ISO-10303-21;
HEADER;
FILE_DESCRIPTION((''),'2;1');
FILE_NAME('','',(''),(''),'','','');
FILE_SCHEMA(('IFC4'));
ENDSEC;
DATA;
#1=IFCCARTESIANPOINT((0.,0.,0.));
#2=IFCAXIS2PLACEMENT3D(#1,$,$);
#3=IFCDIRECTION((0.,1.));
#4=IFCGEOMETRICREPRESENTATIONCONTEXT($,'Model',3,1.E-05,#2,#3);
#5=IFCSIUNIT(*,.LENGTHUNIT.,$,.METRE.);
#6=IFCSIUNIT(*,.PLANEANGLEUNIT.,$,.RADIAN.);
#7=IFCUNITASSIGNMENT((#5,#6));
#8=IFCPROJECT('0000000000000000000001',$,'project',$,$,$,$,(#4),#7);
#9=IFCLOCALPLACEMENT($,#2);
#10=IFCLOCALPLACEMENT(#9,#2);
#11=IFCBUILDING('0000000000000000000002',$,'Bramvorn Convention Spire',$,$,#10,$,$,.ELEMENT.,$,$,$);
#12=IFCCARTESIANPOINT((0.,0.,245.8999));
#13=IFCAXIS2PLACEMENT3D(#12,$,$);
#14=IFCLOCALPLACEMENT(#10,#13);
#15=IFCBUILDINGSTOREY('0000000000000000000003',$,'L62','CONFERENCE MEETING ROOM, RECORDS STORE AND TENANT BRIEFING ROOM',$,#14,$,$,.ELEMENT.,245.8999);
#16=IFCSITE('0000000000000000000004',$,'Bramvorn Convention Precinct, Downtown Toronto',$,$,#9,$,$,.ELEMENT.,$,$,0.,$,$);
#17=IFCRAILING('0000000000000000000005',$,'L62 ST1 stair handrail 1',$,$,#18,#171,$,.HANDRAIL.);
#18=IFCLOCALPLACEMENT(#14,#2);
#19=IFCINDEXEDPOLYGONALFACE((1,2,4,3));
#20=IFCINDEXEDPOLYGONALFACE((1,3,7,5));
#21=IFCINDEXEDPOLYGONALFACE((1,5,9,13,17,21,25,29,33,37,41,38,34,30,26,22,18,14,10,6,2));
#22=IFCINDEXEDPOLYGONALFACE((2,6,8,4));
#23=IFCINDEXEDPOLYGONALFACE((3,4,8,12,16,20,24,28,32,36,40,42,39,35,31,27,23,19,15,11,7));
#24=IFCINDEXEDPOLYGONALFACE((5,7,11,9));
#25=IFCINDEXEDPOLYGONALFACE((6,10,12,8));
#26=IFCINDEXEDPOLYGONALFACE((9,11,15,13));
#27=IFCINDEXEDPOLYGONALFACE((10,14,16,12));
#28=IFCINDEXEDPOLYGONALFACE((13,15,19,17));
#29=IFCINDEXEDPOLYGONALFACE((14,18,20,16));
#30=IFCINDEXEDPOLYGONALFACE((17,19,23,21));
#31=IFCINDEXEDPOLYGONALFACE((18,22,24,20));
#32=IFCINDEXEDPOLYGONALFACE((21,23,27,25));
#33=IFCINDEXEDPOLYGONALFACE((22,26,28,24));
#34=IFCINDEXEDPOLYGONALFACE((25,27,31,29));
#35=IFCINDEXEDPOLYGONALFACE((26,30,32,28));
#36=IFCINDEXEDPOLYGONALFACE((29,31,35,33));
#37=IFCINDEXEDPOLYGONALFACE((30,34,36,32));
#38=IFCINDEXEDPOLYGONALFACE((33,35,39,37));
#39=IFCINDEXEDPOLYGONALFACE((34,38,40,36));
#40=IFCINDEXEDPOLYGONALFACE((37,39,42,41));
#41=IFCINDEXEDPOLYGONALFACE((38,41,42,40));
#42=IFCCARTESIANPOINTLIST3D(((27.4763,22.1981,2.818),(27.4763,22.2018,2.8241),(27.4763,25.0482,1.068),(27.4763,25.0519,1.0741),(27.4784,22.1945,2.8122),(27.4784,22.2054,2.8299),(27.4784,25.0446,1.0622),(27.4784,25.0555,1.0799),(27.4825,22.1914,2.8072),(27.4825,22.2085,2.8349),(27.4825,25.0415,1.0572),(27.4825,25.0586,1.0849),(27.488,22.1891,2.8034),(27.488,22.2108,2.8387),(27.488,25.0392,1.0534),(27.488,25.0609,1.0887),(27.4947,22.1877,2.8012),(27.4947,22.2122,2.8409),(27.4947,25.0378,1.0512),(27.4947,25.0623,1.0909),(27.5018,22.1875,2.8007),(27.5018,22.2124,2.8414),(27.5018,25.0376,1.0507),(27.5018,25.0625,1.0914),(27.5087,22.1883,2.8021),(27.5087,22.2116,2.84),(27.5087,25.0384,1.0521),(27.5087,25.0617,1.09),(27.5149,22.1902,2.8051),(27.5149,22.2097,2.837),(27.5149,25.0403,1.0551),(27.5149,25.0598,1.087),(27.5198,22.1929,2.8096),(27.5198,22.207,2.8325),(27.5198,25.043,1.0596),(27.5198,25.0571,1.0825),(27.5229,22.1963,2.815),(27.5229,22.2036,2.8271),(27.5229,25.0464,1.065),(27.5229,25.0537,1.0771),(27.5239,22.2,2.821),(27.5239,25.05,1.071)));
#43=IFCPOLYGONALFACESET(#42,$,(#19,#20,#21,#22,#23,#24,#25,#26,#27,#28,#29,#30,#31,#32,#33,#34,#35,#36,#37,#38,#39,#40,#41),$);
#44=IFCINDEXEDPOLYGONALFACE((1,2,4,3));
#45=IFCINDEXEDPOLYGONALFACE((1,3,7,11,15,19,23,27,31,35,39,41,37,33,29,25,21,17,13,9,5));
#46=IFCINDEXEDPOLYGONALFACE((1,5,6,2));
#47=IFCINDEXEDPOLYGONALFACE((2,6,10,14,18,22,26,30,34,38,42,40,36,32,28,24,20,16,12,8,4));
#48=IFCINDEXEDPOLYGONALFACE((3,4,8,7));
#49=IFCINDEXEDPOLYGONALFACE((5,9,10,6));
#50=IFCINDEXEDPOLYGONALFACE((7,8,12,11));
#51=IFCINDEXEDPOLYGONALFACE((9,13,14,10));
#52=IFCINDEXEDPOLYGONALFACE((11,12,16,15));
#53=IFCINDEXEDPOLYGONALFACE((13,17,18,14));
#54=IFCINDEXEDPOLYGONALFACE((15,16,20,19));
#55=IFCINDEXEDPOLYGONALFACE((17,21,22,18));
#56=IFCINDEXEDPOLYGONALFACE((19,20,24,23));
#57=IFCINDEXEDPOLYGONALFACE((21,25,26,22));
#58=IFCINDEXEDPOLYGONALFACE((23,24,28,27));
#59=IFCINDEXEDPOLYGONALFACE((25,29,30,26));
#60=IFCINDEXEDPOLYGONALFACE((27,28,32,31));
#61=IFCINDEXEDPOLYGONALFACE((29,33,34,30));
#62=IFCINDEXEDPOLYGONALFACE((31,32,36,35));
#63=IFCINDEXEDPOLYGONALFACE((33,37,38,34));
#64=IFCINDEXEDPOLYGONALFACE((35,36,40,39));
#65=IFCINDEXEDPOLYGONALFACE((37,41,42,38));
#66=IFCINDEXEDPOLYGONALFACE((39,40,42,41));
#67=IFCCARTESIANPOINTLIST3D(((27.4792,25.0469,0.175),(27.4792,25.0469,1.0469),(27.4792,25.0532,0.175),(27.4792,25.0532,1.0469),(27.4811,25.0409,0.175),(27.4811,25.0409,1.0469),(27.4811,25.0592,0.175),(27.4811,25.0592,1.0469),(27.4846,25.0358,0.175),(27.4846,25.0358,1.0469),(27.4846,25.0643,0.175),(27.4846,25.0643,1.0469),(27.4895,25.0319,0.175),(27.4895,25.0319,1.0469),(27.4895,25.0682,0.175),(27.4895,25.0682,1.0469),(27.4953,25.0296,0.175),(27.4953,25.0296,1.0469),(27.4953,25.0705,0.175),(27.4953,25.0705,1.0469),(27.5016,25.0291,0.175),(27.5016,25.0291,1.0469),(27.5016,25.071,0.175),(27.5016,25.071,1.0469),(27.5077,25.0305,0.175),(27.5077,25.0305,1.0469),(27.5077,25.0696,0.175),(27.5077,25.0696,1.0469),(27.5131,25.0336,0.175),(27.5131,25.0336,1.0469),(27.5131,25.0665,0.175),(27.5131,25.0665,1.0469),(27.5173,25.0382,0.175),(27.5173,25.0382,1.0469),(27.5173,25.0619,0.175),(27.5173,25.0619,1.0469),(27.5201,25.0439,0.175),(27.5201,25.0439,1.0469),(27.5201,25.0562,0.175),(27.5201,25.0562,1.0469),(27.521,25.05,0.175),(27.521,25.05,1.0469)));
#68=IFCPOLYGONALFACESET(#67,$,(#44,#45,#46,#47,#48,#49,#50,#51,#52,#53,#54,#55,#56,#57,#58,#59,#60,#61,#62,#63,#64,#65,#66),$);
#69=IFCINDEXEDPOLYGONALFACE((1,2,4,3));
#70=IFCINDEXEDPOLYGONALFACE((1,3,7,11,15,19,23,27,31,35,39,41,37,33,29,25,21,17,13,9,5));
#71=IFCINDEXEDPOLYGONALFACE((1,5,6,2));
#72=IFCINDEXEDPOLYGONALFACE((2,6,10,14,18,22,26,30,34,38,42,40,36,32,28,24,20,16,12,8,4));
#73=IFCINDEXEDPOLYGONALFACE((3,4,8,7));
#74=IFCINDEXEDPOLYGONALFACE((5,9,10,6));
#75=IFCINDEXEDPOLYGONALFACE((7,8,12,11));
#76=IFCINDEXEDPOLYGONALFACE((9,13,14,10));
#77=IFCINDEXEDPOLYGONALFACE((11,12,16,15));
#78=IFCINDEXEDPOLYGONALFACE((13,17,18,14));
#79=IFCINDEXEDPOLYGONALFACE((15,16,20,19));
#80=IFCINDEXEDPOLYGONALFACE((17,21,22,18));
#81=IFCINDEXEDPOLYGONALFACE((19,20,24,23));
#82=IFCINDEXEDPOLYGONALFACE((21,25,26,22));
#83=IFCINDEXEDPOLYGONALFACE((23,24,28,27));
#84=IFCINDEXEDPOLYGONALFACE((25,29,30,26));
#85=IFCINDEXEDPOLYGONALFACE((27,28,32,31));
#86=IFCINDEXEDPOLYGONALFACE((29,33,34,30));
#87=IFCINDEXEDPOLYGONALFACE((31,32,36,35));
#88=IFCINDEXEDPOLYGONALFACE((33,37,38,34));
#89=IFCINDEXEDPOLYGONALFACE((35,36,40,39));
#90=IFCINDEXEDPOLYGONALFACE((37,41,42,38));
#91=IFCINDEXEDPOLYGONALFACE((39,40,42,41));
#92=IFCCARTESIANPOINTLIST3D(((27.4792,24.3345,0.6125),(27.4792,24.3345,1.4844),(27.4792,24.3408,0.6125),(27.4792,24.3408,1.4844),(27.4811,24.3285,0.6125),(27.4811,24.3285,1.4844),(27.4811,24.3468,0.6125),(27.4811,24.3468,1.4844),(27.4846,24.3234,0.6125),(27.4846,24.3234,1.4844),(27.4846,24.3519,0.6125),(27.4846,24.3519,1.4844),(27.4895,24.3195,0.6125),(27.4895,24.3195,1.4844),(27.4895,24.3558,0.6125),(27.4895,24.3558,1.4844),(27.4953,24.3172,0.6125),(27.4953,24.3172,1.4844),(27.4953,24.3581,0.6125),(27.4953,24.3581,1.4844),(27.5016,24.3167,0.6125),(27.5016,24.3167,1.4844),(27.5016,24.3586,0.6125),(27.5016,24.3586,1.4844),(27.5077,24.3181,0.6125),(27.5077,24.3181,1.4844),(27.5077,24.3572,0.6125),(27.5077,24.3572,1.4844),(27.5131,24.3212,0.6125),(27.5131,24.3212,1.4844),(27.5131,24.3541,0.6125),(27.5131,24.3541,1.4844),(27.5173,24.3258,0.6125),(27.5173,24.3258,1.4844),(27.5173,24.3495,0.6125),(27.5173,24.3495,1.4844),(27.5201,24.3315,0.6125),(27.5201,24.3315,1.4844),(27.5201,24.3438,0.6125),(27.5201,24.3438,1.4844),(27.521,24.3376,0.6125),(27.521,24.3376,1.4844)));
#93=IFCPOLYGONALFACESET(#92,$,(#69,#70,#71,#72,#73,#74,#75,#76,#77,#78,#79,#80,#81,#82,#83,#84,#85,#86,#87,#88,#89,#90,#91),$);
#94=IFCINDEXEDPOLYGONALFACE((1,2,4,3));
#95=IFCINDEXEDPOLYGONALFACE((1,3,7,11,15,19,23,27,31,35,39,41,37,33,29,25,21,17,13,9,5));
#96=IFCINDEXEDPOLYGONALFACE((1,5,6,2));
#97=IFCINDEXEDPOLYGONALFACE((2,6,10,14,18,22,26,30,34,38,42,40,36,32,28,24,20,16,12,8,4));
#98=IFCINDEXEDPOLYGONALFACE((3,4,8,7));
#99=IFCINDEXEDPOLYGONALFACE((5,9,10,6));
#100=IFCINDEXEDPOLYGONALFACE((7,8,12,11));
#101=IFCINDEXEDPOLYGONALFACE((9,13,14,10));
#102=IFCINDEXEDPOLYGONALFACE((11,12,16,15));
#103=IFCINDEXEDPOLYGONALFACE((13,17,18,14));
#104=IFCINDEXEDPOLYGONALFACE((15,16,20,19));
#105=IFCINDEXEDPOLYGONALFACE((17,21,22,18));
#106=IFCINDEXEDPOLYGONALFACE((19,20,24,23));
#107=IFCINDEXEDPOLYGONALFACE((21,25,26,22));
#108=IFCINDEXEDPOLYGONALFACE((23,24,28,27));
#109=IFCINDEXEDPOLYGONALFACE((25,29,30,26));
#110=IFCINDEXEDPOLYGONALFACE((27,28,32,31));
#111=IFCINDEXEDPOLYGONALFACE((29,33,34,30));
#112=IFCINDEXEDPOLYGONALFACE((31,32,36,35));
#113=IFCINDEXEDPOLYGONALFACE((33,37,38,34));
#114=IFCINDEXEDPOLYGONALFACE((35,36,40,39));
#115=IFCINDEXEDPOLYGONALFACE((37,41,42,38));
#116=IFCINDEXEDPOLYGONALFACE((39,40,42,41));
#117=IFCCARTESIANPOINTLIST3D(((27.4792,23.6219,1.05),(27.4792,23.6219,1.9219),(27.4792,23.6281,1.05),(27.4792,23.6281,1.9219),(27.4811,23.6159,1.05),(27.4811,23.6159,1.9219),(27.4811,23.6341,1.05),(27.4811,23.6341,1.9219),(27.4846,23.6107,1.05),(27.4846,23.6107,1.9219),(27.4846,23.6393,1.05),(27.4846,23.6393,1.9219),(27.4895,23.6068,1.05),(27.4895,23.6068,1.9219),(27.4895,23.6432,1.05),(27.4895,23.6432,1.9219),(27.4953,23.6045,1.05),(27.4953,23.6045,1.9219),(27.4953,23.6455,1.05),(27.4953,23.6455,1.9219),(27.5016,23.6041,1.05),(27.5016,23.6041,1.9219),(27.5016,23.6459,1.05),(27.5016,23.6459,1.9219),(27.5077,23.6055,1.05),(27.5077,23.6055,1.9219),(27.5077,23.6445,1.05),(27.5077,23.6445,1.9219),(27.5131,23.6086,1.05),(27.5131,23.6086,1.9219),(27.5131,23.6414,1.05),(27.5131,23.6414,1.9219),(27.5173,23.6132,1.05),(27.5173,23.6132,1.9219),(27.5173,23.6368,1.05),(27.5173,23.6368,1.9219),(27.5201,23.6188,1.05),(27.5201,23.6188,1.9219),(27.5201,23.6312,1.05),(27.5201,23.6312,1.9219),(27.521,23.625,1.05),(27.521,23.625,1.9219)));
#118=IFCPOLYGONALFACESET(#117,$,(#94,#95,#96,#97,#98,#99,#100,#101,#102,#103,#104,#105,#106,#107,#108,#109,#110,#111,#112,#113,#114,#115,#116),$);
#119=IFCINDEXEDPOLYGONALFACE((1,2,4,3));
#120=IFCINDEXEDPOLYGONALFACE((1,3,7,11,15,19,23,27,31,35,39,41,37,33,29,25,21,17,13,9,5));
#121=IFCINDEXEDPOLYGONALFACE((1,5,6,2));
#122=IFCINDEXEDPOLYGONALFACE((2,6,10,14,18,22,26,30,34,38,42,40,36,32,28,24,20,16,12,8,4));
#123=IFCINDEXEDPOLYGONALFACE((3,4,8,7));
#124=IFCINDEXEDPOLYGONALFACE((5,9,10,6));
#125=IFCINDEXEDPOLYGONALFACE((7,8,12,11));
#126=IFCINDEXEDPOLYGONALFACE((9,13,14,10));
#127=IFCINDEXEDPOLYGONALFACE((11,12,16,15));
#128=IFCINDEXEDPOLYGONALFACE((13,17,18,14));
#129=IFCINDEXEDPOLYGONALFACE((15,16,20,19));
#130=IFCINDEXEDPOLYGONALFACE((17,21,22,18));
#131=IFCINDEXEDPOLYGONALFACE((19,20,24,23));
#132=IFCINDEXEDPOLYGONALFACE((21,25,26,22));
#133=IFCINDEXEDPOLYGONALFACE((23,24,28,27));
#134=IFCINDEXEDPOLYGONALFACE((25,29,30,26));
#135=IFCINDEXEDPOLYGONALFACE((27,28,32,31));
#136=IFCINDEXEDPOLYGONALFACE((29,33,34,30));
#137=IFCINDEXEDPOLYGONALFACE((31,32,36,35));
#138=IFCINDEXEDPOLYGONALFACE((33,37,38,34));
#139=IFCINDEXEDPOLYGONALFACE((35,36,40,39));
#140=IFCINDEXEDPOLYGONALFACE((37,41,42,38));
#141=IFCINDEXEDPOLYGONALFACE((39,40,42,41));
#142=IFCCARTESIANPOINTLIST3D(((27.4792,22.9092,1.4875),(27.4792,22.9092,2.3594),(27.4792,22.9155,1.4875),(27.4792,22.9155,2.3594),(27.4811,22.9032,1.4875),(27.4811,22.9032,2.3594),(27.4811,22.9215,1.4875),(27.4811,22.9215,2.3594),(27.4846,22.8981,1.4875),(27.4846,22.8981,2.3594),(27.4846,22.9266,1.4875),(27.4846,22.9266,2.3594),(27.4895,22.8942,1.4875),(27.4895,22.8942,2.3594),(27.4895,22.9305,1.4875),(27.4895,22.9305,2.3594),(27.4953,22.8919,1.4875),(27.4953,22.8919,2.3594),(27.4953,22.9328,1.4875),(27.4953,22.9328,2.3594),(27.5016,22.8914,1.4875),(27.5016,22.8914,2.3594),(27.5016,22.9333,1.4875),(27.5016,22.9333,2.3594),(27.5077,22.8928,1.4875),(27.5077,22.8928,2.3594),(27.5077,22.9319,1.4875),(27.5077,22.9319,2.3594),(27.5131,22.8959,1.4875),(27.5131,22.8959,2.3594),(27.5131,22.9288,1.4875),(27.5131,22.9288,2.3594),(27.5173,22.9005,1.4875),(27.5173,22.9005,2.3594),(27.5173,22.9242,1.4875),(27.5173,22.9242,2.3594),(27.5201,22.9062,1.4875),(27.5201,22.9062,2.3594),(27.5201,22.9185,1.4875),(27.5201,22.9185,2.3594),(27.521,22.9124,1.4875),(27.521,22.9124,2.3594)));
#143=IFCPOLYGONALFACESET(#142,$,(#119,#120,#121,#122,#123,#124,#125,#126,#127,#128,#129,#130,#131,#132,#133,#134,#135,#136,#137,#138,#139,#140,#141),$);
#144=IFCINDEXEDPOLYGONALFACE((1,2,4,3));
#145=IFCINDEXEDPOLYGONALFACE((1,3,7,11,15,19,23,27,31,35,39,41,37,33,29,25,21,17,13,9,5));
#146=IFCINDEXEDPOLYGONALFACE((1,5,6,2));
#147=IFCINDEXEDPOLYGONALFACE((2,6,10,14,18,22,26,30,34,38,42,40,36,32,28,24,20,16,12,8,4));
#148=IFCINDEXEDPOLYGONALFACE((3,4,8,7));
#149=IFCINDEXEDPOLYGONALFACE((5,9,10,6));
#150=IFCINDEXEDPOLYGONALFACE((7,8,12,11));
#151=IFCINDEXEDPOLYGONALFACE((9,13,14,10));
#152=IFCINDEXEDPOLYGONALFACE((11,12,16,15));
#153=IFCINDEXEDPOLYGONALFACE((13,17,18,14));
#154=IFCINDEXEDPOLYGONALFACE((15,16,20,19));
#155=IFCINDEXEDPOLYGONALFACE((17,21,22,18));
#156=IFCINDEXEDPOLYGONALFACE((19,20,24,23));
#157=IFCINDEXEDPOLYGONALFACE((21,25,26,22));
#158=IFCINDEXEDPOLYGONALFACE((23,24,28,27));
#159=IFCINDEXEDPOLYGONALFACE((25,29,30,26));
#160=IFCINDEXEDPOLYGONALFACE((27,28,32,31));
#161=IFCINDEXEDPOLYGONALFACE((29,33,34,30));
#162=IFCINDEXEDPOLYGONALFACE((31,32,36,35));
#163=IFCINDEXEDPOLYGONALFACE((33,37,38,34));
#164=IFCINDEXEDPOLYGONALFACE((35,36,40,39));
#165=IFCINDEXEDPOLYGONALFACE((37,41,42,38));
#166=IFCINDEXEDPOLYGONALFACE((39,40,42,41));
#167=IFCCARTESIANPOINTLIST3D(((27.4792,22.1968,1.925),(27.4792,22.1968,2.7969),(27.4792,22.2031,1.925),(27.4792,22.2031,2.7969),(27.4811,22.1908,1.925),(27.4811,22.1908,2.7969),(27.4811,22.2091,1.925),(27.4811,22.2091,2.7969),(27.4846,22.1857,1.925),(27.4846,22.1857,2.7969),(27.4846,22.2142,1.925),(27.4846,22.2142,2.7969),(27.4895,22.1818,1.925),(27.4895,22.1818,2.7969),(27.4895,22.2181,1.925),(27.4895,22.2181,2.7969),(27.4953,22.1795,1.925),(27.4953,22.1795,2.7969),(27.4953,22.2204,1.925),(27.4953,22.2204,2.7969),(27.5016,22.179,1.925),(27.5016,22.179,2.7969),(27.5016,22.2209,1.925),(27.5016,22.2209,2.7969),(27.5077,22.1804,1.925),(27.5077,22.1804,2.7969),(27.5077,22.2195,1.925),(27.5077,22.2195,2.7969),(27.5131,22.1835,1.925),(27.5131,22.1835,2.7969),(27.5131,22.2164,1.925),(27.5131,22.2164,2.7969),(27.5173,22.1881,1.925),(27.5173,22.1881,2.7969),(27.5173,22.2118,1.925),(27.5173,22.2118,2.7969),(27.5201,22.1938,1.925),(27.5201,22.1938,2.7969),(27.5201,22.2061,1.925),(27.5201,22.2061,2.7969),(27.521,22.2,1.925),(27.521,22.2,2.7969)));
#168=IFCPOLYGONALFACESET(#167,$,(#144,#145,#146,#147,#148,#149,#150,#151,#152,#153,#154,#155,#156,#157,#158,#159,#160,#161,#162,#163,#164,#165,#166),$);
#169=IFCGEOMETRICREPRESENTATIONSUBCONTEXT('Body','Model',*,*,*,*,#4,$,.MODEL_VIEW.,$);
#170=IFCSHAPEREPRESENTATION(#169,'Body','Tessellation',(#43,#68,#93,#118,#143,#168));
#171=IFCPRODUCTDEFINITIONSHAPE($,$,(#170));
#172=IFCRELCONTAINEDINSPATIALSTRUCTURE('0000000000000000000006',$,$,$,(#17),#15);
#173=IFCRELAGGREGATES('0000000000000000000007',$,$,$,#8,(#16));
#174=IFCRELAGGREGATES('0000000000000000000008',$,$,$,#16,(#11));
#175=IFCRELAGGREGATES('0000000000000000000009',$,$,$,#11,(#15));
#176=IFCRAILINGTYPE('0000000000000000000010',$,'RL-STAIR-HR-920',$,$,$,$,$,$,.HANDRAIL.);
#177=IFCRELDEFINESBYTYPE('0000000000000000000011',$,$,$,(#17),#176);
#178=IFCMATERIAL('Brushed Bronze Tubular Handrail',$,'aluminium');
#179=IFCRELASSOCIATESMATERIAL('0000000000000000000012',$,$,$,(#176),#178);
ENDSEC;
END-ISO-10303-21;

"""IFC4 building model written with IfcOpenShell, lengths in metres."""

from ifc_helpers import new_model, si_unit, direction, frame, origin, origin_2d, place, context, subcontext, project, spatial, circle, extrude, material, type_object, element, save


model = new_model("IFC4")

# Units and contexts
model_context = context("Model", 3, precision=1e-05, world=origin(), true_north=direction((0.0, 1.0)))
body_context = subcontext(model_context, "Body", "Model", "MODEL_VIEW")
ifc_project = project(units=[si_unit("LENGTHUNIT", "METRE"), si_unit("PLANEANGLEUNIT", "RADIAN")], contexts=[model_context])

# Site, building, storey
site_placement = place(None, origin())
site = spatial("IfcSite", under=ifc_project, at=site_placement, Name="Bramvorn Convention Precinct, Downtown Toronto", CompositionType="ELEMENT", RefElevation=0.0)
building_placement = place(site_placement, origin())
building = spatial("IfcBuilding", under=site, at=building_placement, Name="Bramvorn Convention Spire", CompositionType="ELEMENT")
storey_placement = place(building_placement, frame((0.0, 0.0, 245.8999)))
storey = spatial("IfcBuildingStorey", under=building, at=storey_placement, Name="L62", Description="CONFERENCE MEETING ROOM, RECORDS STORE AND TENANT BRIEFING ROOM", CompositionType="ELEMENT", Elevation=245.8999)

# Railing
ifc_material_1 = material(Name="Brushed Bronze Tubular Handrail", Category="aluminium")
railing_type_1 = type_object("IfcRailingType", Name="RL-STAIR-HR-920", PredefinedType="HANDRAIL", material=ifc_material_1)
railing_1_placement = place(storey_placement, frame((27.5, 25.05, 0.175)))
element("IfcRailing", 1, at=railing_1_placement, inside=storey, type_object=railing_type_1, Name="L62 ST1 stair handrail 1", PredefinedType="HANDRAIL", context=body_context, shape_type="SweptSolid", body=[
    extrude(circle(Radius=0.0239, at=origin_2d()), frame((0.0, 0.0, 0.896), z_axis=(0.0, -0.852179, 0.52325), x_axis=(1.0, 0.0, 0.0)), (0.0, 0.0, 1.0), 3.3445),
    extrude(circle(Radius=0.021, at=origin_2d()), origin(), (0.0, 0.0, 1.0), 0.8718),
    extrude(circle(Radius=0.021, at=origin_2d()), frame((0.0, -0.7124, 0.4375)), (0.0, 0.0, 1.0), 0.8718),
    extrude(circle(Radius=0.021, at=origin_2d()), frame((0.0, -1.425, 0.875)), (0.0, 0.0, 1.0), 0.8718),
    extrude(circle(Radius=0.021, at=origin_2d()), frame((0.0, -2.1377, 1.3125)), (0.0, 0.0, 1.0), 0.8718),
    extrude(circle(Radius=0.021, at=origin_2d()), frame((0.0, -2.8501, 1.75)), (0.0, 0.0, 1.0), 0.8718),
])

save(model, "model.ifc")
